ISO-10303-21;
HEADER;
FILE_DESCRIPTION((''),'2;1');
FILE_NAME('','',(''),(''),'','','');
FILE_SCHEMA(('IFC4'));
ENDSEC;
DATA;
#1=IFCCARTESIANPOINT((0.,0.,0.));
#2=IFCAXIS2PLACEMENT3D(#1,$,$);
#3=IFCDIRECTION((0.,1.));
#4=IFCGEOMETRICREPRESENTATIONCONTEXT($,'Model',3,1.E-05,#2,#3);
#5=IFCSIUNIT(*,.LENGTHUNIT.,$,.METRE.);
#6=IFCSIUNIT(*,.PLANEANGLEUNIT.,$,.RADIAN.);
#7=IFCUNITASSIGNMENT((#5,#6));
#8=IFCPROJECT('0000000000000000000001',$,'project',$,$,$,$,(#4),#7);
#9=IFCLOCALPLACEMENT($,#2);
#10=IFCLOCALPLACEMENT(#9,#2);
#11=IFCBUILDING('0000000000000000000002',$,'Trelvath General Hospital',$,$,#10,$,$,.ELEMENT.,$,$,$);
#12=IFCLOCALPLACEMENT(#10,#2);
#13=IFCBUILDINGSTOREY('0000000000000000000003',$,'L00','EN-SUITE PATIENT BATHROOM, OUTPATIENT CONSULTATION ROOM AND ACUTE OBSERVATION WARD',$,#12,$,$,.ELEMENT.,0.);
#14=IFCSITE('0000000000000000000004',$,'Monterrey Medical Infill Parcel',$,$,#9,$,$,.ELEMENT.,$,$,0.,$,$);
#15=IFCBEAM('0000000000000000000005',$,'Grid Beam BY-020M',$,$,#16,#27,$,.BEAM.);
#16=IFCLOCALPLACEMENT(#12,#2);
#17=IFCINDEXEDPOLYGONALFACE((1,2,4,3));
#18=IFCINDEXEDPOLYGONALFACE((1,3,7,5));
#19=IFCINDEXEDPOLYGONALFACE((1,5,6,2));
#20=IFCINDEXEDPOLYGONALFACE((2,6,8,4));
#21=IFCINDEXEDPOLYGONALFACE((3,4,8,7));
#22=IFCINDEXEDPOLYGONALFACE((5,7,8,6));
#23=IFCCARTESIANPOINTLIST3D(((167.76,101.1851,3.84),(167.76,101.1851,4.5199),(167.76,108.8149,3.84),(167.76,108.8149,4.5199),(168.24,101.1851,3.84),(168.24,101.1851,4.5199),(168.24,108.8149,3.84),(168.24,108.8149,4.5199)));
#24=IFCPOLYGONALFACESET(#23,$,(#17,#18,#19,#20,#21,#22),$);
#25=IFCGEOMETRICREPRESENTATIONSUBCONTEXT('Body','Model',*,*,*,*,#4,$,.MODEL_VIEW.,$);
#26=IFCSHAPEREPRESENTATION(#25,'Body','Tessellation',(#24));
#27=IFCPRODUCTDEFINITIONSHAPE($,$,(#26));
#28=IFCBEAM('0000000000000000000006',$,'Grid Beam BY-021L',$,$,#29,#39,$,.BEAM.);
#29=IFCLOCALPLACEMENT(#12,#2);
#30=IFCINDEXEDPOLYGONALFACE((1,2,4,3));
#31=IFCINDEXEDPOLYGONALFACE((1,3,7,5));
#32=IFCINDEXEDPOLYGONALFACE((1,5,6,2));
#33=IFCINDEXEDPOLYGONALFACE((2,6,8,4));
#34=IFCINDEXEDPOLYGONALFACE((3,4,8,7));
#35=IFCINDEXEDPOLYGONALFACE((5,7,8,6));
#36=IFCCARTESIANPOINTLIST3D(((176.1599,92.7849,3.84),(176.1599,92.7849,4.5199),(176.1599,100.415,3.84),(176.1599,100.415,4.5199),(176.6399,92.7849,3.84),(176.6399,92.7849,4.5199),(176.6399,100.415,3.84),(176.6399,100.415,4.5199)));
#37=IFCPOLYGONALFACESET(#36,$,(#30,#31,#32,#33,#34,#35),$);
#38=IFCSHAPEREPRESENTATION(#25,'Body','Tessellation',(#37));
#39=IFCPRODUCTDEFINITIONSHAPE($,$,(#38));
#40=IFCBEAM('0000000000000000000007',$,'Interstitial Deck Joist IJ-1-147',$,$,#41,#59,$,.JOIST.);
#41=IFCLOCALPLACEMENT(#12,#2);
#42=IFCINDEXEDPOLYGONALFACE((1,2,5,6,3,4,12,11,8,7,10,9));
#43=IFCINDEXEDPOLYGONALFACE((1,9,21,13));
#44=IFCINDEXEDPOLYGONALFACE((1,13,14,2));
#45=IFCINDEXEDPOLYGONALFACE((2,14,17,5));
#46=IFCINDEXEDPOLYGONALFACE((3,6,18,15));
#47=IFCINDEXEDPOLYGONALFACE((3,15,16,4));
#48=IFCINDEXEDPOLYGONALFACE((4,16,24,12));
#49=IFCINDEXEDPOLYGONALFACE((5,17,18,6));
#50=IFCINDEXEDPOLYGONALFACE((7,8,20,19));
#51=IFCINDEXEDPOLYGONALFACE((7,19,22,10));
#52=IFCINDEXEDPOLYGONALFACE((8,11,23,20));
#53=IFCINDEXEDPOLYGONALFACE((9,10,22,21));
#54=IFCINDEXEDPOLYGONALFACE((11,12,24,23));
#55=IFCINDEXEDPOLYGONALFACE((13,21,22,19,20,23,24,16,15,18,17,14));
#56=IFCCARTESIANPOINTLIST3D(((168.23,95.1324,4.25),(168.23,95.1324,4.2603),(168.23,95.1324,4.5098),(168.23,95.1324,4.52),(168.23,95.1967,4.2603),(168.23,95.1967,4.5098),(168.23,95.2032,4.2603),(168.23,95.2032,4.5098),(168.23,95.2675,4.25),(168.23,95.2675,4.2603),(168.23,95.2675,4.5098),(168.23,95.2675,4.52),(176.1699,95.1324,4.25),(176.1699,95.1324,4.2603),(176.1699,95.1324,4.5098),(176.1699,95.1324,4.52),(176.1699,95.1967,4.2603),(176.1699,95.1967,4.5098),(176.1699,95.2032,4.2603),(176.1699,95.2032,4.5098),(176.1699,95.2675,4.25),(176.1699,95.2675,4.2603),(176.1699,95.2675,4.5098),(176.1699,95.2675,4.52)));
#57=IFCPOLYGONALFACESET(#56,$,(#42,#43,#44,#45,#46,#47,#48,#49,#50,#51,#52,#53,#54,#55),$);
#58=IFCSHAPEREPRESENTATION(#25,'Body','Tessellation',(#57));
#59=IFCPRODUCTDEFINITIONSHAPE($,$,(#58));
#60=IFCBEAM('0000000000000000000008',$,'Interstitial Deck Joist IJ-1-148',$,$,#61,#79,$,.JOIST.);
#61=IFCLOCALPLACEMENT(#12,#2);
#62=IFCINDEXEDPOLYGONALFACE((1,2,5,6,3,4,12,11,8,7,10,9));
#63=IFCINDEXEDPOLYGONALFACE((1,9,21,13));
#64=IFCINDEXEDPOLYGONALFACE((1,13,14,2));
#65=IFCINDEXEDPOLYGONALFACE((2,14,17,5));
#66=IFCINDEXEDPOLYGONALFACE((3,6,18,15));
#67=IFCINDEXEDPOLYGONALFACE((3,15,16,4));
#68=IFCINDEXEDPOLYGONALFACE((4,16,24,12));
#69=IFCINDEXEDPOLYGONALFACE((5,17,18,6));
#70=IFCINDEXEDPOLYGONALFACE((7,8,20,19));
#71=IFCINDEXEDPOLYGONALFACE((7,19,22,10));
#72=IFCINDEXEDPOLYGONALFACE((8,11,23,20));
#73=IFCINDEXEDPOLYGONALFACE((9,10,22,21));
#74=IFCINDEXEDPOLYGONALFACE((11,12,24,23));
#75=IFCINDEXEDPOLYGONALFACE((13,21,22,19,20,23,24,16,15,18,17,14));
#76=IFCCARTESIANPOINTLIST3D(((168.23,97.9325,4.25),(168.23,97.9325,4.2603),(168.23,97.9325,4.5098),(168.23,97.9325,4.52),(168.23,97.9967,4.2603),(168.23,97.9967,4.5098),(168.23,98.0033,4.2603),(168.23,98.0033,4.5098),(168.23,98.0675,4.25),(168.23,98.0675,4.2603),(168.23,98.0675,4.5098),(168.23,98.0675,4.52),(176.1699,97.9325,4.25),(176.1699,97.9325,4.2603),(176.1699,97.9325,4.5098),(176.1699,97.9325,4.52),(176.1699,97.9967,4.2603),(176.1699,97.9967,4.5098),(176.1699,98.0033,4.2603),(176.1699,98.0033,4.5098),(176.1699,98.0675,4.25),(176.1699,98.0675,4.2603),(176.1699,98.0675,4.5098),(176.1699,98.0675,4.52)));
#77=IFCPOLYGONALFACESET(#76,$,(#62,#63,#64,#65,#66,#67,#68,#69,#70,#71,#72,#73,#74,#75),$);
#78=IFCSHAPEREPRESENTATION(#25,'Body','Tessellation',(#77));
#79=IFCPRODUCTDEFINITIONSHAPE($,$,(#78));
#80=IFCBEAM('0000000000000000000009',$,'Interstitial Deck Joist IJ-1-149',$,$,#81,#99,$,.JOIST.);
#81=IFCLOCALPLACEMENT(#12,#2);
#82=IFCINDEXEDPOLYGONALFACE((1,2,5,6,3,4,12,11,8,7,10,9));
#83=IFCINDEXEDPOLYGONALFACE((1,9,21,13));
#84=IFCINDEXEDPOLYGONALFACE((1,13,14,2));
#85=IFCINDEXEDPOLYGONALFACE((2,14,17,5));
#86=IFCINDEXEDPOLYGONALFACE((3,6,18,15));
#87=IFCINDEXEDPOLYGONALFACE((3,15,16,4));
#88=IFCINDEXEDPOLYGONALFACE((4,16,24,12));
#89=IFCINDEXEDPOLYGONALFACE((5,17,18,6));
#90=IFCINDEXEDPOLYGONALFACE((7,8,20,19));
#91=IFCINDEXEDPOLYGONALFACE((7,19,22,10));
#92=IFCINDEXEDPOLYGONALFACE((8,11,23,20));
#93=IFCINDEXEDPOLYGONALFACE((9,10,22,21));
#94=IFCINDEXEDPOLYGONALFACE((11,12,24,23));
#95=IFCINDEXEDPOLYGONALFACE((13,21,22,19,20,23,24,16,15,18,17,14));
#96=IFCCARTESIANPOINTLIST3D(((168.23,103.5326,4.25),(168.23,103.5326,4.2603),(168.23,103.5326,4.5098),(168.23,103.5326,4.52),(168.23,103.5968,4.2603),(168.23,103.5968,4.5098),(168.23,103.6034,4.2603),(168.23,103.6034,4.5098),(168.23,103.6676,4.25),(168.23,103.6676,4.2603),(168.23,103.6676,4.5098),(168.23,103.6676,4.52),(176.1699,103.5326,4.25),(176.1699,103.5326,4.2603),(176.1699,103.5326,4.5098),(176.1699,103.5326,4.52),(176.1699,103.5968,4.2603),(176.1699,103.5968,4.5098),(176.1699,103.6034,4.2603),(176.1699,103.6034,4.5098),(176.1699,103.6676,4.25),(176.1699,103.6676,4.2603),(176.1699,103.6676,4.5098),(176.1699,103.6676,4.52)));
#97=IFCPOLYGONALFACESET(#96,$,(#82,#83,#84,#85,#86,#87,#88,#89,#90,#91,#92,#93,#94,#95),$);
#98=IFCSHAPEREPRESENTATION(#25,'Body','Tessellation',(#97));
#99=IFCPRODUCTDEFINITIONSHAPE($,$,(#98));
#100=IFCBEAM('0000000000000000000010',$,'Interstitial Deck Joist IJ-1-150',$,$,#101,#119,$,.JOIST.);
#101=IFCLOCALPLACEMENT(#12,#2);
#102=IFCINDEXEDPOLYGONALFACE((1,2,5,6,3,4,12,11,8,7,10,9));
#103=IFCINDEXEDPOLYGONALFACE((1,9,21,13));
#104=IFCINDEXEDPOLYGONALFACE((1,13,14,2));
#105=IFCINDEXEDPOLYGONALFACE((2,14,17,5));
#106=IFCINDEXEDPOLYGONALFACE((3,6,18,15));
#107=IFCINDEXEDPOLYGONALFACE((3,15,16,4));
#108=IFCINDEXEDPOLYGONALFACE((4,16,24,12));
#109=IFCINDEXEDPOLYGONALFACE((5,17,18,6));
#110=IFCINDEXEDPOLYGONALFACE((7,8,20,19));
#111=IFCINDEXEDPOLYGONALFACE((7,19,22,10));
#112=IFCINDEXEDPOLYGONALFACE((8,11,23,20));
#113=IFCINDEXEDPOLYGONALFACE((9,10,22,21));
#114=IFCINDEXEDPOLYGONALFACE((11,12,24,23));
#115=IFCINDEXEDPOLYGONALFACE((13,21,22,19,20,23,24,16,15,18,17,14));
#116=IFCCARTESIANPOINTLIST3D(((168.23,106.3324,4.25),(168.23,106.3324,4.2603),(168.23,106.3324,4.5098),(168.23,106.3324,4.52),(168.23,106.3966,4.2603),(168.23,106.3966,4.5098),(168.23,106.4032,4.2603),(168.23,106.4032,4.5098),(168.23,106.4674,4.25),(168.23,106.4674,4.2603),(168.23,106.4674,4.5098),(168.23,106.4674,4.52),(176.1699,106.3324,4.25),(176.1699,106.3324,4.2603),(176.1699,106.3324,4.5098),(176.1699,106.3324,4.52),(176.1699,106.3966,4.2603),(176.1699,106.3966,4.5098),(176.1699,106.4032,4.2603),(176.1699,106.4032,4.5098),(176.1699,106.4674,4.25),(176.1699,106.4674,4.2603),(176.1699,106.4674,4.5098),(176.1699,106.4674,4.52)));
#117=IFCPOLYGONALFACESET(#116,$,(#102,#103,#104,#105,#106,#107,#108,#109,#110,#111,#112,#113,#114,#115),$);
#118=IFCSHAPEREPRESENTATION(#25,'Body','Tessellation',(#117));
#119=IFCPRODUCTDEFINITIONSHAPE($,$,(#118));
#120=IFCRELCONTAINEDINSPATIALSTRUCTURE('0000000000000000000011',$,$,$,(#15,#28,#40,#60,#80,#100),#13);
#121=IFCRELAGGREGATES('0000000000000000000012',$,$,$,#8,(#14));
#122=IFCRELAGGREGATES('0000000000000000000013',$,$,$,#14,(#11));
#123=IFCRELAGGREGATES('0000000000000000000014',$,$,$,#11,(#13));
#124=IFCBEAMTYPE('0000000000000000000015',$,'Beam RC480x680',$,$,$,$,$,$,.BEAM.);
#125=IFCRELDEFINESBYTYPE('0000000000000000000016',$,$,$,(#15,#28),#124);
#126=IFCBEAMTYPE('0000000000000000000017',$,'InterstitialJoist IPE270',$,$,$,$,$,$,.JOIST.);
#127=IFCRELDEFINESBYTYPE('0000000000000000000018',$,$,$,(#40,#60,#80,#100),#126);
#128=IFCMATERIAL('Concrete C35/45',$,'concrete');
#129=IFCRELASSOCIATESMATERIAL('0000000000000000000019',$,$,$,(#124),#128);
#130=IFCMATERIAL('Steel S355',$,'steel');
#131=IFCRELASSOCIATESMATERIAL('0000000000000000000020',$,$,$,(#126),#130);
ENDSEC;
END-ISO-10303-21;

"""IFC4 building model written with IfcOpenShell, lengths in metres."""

from ifc_helpers import new_model, si_unit, direction, frame, origin, origin_2d, place, context, subcontext, project, spatial, rectangle, i_section, extrude, material, material_profile, profile_set, type_object, element, save


model = new_model("IFC4")

# Units and contexts
model_context = context("Model", 3, precision=1e-05, world=origin(), true_north=direction((0.0, 1.0)))
body_context = subcontext(model_context, "Body", "Model", "MODEL_VIEW")
ifc_project = project(units=[si_unit("LENGTHUNIT", "METRE"), si_unit("PLANEANGLEUNIT", "RADIAN")], contexts=[model_context])

# Site, building, storey
site_placement = place(None, origin())
site = spatial("IfcSite", under=ifc_project, at=site_placement, Name="Monterrey Medical Infill Parcel", CompositionType="ELEMENT", RefElevation=0.0)
building_placement = place(site_placement, origin())
building = spatial("IfcBuilding", under=site, at=building_placement, Name="Trelvath General Hospital", CompositionType="ELEMENT")
storey_placement = place(building_placement, origin())
storey = spatial("IfcBuildingStorey", under=building, at=storey_placement, Name="L00", Description="EN-SUITE PATIENT BATHROOM, OUTPATIENT CONSULTATION ROOM AND ACUTE OBSERVATION WARD", CompositionType="ELEMENT", Elevation=0.0)

# Beams
ifc_material_1 = material(Name="Concrete C35/45", Category="concrete")
ifc_material_profile_1 = material_profile(ifc_material_1, rectangle(XDim=0.48, YDim=0.6799, at=origin_2d()), Name="RCB480x680")
ifc_profile_set_1 = profile_set([ifc_material_profile_1], Name="Concrete C35/45")
beam_type_1 = type_object("IfcBeamType", Name="Beam RC480x680", PredefinedType="BEAM", material=ifc_profile_set_1)
beam_1_placement = place(storey_placement, frame((168.0, 101.1851, 4.1799), z_axis=(0.0, 1.0, 0.0), x_axis=(-1.0, 0.0, 0.0)))
element("IfcBeam", 1, at=beam_1_placement, inside=storey, type_object=beam_type_1, Name="Grid Beam BY-020M", PredefinedType="BEAM", context=body_context, shape_type="SweptSolid", body=[
    extrude(rectangle(XDim=0.48, YDim=0.6799, at=origin_2d()), origin(), (0.0, 0.0, 1.0), 7.6299),
])
beam_2_placement = place(storey_placement, frame((176.3999, 92.7849, 4.1799), z_axis=(0.0, 1.0, 0.0), x_axis=(-1.0, 0.0, 0.0)))
element("IfcBeam", 2, at=beam_2_placement, inside=storey, type_object=beam_type_1, Name="Grid Beam BY-021L", PredefinedType="BEAM", context=body_context, shape_type="SweptSolid", body=[
    extrude(rectangle(XDim=0.48, YDim=0.6799, at=origin_2d()), origin(), (0.0, 0.0, 1.0), 7.6301),
])
ifc_material_2 = material(Name="Steel S355", Category="steel")
ifc_material_profile_2 = material_profile(ifc_material_2, i_section(OverallWidth=0.135, OverallDepth=0.27, WebThickness=0.0066, FlangeThickness=0.0103, at=origin_2d()), Name="IPE270")
ifc_profile_set_2 = profile_set([ifc_material_profile_2], Name="Steel S355")
beam_type_2 = type_object("IfcBeamType", Name="InterstitialJoist IPE270", PredefinedType="JOIST", material=ifc_profile_set_2)
for number, where, z_axis, x_axis, name in (
    (3, (168.23, 95.2, 4.385), (1.0, 0.0, 0.0), (0.0, 1.0, 0.0), "Interstitial Deck Joist IJ-1-147"),
    (4, (168.23, 98.0, 4.385), (1.0, 0.0, 0.0), (0.0, 1.0, 0.0), "Interstitial Deck Joist IJ-1-148"),
    (5, (168.23, 103.6001, 4.385), (1.0, 0.0, 0.0), (0.0, 1.0, 0.0), "Interstitial Deck Joist IJ-1-149"),
    (6, (168.23, 106.3999, 4.385), (1.0, 0.0, 0.0), (0.0, 1.0, 0.0), "Interstitial Deck Joist IJ-1-150"),
):
    element("IfcBeam", number, at=place(storey_placement, frame(where, z_axis=z_axis, x_axis=x_axis)), inside=storey, type_object=beam_type_2, Name=name, PredefinedType="JOIST", context=body_context, shape_type="SweptSolid", body=[
        extrude(i_section(OverallWidth=0.135, OverallDepth=0.27, WebThickness=0.0066, FlangeThickness=0.0103, at=origin_2d()), origin(), (0.0, 0.0, 1.0), 7.9399),
    ])

save(model, "model.ifc")
